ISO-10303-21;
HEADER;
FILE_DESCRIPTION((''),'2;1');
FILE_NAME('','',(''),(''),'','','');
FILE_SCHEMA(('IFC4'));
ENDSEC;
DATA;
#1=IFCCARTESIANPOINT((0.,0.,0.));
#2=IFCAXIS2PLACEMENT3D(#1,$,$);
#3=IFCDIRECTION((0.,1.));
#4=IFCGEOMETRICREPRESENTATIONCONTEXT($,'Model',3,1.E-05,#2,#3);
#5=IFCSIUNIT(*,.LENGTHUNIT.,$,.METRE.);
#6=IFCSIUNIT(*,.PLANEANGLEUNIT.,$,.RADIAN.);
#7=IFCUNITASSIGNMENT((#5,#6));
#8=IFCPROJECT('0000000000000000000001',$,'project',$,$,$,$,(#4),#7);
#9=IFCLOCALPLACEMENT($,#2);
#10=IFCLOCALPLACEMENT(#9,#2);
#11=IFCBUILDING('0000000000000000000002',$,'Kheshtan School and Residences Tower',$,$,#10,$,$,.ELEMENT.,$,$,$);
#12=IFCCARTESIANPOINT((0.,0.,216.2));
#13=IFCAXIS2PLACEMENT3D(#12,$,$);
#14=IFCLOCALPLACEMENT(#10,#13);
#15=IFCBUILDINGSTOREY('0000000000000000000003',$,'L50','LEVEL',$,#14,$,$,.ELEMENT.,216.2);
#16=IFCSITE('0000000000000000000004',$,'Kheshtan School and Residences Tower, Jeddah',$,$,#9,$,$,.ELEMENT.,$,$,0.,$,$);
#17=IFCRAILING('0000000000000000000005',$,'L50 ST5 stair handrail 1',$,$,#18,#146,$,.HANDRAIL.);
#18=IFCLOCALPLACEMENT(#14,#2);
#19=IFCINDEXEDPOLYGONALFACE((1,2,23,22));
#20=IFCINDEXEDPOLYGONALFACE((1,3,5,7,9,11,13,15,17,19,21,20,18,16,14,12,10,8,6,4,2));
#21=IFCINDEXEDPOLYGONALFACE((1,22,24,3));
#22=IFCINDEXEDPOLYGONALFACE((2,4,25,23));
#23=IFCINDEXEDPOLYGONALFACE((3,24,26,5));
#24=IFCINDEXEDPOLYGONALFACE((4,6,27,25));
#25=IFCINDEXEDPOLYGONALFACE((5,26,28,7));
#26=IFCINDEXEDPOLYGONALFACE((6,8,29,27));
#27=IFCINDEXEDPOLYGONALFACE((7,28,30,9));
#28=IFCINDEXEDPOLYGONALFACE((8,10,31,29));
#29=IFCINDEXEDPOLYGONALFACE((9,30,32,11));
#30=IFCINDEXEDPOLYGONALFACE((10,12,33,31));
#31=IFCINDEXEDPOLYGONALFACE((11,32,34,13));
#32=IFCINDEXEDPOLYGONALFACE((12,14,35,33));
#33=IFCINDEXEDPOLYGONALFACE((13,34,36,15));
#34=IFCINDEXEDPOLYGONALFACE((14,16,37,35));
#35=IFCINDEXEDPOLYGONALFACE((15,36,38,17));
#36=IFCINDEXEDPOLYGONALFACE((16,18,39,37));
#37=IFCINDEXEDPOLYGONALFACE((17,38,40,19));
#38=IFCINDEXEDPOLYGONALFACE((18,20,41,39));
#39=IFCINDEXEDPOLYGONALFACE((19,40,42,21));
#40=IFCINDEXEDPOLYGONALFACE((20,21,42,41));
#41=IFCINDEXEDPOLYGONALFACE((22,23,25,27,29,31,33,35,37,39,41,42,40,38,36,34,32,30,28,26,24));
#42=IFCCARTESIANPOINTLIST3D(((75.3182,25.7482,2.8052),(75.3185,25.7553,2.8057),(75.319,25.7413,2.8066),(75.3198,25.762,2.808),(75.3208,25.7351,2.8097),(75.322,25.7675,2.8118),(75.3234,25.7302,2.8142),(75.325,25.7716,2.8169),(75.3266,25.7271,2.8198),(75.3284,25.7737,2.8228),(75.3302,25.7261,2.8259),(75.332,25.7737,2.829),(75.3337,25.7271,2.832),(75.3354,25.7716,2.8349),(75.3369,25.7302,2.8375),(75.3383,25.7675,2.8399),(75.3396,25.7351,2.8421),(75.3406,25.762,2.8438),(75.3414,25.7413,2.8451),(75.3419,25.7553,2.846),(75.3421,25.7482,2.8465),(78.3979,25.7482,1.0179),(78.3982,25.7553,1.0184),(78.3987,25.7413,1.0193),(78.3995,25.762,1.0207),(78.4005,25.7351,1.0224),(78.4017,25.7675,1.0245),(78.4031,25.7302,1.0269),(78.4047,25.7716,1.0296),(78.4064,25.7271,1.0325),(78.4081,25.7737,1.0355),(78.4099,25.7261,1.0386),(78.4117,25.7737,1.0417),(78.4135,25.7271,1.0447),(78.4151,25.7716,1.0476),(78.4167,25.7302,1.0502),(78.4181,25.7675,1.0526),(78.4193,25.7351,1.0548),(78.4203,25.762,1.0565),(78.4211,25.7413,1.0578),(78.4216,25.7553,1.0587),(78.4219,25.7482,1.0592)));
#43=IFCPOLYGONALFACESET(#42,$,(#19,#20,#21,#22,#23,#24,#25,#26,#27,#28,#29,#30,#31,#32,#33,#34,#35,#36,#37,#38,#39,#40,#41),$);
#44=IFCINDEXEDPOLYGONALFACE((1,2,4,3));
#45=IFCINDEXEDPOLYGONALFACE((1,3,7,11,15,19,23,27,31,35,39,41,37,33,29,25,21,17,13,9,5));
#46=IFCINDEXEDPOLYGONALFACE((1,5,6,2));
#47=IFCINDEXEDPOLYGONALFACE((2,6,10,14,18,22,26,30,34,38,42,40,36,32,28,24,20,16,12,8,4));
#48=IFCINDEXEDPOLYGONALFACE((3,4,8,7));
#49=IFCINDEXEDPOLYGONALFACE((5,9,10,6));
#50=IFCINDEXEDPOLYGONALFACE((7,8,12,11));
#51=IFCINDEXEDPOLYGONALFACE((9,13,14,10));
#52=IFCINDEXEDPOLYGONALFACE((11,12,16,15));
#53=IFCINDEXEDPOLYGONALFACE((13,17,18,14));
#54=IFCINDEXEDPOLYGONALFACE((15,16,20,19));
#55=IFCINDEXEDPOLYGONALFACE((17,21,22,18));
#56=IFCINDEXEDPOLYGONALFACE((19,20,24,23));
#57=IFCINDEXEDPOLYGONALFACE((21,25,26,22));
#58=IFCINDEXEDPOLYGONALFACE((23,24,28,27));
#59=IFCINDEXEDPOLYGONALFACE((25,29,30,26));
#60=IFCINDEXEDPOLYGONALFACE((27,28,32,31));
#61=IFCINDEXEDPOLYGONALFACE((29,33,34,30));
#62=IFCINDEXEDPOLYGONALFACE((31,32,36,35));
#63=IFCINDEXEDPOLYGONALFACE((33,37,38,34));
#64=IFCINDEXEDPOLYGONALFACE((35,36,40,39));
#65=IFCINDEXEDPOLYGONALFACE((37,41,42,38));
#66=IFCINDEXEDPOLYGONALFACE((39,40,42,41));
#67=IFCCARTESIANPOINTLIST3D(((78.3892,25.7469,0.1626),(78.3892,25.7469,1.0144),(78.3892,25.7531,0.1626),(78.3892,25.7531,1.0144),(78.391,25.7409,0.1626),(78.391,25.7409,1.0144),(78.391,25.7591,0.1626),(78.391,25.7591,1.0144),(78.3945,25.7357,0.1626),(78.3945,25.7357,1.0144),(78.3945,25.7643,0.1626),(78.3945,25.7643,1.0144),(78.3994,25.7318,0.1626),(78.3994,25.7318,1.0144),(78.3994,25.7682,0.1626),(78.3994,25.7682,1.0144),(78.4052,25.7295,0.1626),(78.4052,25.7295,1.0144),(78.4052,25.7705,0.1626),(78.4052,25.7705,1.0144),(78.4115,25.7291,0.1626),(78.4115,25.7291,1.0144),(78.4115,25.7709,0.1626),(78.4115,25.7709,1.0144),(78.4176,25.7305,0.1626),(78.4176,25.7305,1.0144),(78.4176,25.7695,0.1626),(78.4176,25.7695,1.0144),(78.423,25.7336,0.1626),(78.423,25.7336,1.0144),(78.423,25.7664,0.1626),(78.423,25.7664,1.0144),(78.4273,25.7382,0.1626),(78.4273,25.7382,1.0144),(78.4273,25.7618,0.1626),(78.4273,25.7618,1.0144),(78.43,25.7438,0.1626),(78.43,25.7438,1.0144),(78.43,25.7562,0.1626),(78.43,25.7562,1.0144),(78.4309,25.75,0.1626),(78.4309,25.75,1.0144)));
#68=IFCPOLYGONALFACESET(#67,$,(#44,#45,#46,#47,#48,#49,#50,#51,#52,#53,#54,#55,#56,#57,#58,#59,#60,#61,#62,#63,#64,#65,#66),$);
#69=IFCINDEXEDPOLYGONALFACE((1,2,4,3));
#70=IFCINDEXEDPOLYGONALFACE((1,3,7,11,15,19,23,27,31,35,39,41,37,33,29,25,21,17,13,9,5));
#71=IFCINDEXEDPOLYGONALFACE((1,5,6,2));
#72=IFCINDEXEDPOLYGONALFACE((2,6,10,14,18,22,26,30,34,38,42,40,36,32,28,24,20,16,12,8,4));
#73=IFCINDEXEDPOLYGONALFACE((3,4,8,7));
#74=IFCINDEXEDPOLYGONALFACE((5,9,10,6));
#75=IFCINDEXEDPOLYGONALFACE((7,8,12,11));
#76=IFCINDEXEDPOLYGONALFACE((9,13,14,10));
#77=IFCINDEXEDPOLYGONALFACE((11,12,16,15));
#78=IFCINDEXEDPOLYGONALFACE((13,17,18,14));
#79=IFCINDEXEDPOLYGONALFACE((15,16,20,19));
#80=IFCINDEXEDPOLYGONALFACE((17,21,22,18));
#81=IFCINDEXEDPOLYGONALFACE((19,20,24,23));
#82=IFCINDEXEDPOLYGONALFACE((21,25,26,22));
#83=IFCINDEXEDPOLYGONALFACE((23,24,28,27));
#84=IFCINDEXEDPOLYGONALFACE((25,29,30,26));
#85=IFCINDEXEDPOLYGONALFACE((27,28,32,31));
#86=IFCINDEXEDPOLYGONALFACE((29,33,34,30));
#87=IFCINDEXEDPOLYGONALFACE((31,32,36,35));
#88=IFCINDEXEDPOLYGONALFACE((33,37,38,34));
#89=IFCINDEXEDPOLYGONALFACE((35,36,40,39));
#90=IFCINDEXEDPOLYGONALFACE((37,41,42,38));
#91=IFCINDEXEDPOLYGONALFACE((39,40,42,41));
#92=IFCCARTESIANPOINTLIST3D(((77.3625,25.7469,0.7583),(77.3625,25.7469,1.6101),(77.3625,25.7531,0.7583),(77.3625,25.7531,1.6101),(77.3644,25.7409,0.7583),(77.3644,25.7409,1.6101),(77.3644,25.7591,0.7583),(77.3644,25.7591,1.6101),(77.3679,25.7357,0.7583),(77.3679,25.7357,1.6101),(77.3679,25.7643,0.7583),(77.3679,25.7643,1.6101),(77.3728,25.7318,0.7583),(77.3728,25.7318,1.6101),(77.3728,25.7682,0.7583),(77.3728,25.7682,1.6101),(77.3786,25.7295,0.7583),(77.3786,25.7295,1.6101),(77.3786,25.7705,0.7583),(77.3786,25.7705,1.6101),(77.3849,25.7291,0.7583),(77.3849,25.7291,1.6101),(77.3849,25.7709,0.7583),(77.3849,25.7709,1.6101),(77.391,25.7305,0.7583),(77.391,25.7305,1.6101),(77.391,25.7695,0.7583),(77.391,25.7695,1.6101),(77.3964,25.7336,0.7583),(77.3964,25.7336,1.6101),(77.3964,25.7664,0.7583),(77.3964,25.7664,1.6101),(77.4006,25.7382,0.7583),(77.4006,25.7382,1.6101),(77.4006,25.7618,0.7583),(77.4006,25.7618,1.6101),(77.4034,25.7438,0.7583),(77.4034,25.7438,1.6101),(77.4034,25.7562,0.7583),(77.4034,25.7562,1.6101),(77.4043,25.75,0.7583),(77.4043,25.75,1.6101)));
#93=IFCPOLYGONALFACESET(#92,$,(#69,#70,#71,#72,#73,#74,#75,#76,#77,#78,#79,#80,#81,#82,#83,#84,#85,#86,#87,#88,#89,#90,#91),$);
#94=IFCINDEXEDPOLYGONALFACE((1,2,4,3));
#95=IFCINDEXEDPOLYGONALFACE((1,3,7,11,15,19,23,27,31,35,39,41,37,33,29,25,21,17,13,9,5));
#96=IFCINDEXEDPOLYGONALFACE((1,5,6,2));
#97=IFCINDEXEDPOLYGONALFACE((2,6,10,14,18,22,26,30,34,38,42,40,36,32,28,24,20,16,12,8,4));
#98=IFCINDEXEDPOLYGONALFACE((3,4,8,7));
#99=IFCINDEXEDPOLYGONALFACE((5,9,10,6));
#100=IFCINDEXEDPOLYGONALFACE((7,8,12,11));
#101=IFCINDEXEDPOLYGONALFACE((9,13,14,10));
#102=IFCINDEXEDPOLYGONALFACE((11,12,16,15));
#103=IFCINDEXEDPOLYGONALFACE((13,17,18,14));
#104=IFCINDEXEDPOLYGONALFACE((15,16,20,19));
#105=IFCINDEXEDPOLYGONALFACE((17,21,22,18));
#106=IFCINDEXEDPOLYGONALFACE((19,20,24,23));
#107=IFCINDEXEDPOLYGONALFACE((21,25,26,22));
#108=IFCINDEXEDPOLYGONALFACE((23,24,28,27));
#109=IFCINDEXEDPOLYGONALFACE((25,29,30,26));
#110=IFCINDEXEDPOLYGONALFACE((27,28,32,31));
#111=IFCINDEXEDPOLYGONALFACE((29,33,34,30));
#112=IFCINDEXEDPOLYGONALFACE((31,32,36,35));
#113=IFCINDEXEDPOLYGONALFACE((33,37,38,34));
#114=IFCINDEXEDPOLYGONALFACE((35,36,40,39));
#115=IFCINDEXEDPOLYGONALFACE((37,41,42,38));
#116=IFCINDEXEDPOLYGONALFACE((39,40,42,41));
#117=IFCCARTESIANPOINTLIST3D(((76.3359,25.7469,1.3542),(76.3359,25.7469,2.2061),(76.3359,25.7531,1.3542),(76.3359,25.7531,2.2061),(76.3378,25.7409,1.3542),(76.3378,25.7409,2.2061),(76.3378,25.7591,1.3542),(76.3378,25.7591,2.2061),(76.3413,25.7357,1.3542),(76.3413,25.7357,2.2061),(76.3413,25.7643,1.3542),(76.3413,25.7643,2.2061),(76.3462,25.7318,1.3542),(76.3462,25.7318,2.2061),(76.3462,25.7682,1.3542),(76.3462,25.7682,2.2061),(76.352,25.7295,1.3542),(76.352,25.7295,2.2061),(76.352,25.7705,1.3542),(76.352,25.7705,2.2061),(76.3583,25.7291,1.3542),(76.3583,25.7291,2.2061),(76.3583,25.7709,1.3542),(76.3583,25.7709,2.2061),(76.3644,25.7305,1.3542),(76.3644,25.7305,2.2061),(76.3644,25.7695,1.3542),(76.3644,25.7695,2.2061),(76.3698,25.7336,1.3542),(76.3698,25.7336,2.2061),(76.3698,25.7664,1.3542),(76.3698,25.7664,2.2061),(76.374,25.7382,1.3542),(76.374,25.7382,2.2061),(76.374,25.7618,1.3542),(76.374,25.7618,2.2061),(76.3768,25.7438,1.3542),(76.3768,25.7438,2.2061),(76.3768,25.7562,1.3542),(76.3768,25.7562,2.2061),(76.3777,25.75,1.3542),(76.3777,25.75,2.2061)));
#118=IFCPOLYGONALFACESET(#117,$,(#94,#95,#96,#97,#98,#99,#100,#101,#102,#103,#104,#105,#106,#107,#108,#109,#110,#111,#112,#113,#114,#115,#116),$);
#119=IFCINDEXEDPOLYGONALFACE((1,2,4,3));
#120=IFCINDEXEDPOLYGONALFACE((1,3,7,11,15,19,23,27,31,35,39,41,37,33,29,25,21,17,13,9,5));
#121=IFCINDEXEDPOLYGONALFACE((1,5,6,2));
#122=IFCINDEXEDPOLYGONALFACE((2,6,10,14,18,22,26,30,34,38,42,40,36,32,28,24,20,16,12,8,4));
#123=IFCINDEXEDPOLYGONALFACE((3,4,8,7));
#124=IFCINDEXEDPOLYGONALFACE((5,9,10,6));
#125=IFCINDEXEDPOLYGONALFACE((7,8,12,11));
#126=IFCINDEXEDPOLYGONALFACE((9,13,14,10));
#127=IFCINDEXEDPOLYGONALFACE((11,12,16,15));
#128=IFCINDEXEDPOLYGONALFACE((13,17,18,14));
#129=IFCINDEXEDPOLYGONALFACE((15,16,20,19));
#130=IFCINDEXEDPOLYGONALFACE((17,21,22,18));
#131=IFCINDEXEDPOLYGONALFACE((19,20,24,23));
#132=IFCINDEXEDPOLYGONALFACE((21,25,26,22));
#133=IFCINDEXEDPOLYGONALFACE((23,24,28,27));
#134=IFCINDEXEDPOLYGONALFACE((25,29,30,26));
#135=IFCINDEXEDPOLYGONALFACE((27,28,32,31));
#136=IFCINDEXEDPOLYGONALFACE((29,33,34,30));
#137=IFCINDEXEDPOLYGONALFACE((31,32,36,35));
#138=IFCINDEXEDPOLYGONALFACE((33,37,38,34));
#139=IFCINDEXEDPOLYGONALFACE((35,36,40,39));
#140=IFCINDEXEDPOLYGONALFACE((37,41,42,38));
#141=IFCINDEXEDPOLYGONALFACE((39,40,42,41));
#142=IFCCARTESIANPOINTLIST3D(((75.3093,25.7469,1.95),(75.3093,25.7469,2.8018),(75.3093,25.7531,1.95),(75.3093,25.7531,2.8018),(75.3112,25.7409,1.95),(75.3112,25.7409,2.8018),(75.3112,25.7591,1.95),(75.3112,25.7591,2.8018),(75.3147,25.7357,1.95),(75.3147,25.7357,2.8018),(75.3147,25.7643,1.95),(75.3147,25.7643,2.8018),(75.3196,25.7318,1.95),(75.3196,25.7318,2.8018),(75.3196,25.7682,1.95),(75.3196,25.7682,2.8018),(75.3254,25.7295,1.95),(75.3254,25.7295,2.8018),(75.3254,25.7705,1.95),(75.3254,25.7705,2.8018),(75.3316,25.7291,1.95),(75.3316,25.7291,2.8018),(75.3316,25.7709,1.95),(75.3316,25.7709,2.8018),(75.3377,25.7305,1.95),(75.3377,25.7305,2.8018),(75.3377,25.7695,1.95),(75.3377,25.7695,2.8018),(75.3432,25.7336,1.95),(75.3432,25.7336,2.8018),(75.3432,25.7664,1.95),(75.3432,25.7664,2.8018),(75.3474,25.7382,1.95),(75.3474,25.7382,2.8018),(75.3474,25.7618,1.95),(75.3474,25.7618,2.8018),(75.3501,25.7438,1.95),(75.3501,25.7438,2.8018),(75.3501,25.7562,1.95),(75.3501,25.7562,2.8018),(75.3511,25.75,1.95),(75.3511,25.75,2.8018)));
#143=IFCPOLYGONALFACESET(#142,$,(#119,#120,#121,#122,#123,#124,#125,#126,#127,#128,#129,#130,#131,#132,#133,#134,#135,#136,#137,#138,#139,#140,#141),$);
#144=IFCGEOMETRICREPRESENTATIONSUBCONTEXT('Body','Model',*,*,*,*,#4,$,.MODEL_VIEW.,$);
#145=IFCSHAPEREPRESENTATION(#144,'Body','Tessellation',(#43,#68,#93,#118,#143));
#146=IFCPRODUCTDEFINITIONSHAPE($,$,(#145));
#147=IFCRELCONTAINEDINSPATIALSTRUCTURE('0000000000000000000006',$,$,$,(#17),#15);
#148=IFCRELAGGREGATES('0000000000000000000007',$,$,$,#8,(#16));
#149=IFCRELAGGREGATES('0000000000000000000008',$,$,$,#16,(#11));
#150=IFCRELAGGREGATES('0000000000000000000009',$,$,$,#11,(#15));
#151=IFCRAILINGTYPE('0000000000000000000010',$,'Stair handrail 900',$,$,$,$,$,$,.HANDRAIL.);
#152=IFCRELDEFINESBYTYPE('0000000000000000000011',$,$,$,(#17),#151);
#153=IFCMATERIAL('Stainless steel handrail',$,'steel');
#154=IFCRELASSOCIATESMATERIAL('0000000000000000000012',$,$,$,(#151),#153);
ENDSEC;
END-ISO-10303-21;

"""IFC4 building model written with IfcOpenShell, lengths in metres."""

from ifc_helpers import new_model, si_unit, direction, frame, origin, origin_2d, place, context, subcontext, project, spatial, circle, extrude, material, type_object, element, save


model = new_model("IFC4")

# Units and contexts
model_context = context("Model", 3, precision=1e-05, world=origin(), true_north=direction((0.0, 1.0)))
body_context = subcontext(model_context, "Body", "Model", "MODEL_VIEW")
ifc_project = project(units=[si_unit("LENGTHUNIT", "METRE"), si_unit("PLANEANGLEUNIT", "RADIAN")], contexts=[model_context])

# Site, building, storey
site_placement = place(None, origin())
site = spatial("IfcSite", under=ifc_project, at=site_placement, Name="Kheshtan School and Residences Tower, Jeddah", CompositionType="ELEMENT", RefElevation=0.0)
building_placement = place(site_placement, origin())
building = spatial("IfcBuilding", under=site, at=building_placement, Name="Kheshtan School and Residences Tower", CompositionType="ELEMENT")
storey_placement = place(building_placement, frame((0.0, 0.0, 216.2)))
storey = spatial("IfcBuildingStorey", under=building, at=storey_placement, Name="L50", Description="LEVEL", CompositionType="ELEMENT", Elevation=216.2)

# Railing
ifc_material_1 = material(Name="Stainless steel handrail", Category="steel")
railing_type_1 = type_object("IfcRailingType", Name="Stair handrail 900", PredefinedType="HANDRAIL", material=ifc_material_1)
railing_1_placement = place(storey_placement, frame((78.4099, 25.75, 0.1626)))
element("IfcRailing", 1, at=railing_1_placement, inside=storey, type_object=railing_type_1, Name="L50 ST5 stair handrail 1", PredefinedType="HANDRAIL", context=body_context, shape_type="SweptSolid", body=[
    extrude(circle(Radius=0.0239, at=origin_2d()), frame((0.0, 0.0, 0.876), z_axis=(-0.864903, 0.0, 0.501939), x_axis=(0.0, -1.0, 0.0)), (0.0, 0.0, 1.0), 3.5608),
    extrude(circle(Radius=0.021, at=origin_2d()), origin(), (0.0, 0.0, 1.0), 0.8518),
    extrude(circle(Radius=0.021, at=origin_2d()), frame((-1.0266, 0.0, 0.5957)), (0.0, 0.0, 1.0), 0.8518),
    extrude(circle(Radius=0.021, at=origin_2d()), frame((-2.0532, 0.0, 1.1917)), (0.0, 0.0, 1.0), 0.8518),
    extrude(circle(Radius=0.021, at=origin_2d()), frame((-3.0798, 0.0, 1.7874)), (0.0, 0.0, 1.0), 0.8518),
])

save(model, "model.ifc")
